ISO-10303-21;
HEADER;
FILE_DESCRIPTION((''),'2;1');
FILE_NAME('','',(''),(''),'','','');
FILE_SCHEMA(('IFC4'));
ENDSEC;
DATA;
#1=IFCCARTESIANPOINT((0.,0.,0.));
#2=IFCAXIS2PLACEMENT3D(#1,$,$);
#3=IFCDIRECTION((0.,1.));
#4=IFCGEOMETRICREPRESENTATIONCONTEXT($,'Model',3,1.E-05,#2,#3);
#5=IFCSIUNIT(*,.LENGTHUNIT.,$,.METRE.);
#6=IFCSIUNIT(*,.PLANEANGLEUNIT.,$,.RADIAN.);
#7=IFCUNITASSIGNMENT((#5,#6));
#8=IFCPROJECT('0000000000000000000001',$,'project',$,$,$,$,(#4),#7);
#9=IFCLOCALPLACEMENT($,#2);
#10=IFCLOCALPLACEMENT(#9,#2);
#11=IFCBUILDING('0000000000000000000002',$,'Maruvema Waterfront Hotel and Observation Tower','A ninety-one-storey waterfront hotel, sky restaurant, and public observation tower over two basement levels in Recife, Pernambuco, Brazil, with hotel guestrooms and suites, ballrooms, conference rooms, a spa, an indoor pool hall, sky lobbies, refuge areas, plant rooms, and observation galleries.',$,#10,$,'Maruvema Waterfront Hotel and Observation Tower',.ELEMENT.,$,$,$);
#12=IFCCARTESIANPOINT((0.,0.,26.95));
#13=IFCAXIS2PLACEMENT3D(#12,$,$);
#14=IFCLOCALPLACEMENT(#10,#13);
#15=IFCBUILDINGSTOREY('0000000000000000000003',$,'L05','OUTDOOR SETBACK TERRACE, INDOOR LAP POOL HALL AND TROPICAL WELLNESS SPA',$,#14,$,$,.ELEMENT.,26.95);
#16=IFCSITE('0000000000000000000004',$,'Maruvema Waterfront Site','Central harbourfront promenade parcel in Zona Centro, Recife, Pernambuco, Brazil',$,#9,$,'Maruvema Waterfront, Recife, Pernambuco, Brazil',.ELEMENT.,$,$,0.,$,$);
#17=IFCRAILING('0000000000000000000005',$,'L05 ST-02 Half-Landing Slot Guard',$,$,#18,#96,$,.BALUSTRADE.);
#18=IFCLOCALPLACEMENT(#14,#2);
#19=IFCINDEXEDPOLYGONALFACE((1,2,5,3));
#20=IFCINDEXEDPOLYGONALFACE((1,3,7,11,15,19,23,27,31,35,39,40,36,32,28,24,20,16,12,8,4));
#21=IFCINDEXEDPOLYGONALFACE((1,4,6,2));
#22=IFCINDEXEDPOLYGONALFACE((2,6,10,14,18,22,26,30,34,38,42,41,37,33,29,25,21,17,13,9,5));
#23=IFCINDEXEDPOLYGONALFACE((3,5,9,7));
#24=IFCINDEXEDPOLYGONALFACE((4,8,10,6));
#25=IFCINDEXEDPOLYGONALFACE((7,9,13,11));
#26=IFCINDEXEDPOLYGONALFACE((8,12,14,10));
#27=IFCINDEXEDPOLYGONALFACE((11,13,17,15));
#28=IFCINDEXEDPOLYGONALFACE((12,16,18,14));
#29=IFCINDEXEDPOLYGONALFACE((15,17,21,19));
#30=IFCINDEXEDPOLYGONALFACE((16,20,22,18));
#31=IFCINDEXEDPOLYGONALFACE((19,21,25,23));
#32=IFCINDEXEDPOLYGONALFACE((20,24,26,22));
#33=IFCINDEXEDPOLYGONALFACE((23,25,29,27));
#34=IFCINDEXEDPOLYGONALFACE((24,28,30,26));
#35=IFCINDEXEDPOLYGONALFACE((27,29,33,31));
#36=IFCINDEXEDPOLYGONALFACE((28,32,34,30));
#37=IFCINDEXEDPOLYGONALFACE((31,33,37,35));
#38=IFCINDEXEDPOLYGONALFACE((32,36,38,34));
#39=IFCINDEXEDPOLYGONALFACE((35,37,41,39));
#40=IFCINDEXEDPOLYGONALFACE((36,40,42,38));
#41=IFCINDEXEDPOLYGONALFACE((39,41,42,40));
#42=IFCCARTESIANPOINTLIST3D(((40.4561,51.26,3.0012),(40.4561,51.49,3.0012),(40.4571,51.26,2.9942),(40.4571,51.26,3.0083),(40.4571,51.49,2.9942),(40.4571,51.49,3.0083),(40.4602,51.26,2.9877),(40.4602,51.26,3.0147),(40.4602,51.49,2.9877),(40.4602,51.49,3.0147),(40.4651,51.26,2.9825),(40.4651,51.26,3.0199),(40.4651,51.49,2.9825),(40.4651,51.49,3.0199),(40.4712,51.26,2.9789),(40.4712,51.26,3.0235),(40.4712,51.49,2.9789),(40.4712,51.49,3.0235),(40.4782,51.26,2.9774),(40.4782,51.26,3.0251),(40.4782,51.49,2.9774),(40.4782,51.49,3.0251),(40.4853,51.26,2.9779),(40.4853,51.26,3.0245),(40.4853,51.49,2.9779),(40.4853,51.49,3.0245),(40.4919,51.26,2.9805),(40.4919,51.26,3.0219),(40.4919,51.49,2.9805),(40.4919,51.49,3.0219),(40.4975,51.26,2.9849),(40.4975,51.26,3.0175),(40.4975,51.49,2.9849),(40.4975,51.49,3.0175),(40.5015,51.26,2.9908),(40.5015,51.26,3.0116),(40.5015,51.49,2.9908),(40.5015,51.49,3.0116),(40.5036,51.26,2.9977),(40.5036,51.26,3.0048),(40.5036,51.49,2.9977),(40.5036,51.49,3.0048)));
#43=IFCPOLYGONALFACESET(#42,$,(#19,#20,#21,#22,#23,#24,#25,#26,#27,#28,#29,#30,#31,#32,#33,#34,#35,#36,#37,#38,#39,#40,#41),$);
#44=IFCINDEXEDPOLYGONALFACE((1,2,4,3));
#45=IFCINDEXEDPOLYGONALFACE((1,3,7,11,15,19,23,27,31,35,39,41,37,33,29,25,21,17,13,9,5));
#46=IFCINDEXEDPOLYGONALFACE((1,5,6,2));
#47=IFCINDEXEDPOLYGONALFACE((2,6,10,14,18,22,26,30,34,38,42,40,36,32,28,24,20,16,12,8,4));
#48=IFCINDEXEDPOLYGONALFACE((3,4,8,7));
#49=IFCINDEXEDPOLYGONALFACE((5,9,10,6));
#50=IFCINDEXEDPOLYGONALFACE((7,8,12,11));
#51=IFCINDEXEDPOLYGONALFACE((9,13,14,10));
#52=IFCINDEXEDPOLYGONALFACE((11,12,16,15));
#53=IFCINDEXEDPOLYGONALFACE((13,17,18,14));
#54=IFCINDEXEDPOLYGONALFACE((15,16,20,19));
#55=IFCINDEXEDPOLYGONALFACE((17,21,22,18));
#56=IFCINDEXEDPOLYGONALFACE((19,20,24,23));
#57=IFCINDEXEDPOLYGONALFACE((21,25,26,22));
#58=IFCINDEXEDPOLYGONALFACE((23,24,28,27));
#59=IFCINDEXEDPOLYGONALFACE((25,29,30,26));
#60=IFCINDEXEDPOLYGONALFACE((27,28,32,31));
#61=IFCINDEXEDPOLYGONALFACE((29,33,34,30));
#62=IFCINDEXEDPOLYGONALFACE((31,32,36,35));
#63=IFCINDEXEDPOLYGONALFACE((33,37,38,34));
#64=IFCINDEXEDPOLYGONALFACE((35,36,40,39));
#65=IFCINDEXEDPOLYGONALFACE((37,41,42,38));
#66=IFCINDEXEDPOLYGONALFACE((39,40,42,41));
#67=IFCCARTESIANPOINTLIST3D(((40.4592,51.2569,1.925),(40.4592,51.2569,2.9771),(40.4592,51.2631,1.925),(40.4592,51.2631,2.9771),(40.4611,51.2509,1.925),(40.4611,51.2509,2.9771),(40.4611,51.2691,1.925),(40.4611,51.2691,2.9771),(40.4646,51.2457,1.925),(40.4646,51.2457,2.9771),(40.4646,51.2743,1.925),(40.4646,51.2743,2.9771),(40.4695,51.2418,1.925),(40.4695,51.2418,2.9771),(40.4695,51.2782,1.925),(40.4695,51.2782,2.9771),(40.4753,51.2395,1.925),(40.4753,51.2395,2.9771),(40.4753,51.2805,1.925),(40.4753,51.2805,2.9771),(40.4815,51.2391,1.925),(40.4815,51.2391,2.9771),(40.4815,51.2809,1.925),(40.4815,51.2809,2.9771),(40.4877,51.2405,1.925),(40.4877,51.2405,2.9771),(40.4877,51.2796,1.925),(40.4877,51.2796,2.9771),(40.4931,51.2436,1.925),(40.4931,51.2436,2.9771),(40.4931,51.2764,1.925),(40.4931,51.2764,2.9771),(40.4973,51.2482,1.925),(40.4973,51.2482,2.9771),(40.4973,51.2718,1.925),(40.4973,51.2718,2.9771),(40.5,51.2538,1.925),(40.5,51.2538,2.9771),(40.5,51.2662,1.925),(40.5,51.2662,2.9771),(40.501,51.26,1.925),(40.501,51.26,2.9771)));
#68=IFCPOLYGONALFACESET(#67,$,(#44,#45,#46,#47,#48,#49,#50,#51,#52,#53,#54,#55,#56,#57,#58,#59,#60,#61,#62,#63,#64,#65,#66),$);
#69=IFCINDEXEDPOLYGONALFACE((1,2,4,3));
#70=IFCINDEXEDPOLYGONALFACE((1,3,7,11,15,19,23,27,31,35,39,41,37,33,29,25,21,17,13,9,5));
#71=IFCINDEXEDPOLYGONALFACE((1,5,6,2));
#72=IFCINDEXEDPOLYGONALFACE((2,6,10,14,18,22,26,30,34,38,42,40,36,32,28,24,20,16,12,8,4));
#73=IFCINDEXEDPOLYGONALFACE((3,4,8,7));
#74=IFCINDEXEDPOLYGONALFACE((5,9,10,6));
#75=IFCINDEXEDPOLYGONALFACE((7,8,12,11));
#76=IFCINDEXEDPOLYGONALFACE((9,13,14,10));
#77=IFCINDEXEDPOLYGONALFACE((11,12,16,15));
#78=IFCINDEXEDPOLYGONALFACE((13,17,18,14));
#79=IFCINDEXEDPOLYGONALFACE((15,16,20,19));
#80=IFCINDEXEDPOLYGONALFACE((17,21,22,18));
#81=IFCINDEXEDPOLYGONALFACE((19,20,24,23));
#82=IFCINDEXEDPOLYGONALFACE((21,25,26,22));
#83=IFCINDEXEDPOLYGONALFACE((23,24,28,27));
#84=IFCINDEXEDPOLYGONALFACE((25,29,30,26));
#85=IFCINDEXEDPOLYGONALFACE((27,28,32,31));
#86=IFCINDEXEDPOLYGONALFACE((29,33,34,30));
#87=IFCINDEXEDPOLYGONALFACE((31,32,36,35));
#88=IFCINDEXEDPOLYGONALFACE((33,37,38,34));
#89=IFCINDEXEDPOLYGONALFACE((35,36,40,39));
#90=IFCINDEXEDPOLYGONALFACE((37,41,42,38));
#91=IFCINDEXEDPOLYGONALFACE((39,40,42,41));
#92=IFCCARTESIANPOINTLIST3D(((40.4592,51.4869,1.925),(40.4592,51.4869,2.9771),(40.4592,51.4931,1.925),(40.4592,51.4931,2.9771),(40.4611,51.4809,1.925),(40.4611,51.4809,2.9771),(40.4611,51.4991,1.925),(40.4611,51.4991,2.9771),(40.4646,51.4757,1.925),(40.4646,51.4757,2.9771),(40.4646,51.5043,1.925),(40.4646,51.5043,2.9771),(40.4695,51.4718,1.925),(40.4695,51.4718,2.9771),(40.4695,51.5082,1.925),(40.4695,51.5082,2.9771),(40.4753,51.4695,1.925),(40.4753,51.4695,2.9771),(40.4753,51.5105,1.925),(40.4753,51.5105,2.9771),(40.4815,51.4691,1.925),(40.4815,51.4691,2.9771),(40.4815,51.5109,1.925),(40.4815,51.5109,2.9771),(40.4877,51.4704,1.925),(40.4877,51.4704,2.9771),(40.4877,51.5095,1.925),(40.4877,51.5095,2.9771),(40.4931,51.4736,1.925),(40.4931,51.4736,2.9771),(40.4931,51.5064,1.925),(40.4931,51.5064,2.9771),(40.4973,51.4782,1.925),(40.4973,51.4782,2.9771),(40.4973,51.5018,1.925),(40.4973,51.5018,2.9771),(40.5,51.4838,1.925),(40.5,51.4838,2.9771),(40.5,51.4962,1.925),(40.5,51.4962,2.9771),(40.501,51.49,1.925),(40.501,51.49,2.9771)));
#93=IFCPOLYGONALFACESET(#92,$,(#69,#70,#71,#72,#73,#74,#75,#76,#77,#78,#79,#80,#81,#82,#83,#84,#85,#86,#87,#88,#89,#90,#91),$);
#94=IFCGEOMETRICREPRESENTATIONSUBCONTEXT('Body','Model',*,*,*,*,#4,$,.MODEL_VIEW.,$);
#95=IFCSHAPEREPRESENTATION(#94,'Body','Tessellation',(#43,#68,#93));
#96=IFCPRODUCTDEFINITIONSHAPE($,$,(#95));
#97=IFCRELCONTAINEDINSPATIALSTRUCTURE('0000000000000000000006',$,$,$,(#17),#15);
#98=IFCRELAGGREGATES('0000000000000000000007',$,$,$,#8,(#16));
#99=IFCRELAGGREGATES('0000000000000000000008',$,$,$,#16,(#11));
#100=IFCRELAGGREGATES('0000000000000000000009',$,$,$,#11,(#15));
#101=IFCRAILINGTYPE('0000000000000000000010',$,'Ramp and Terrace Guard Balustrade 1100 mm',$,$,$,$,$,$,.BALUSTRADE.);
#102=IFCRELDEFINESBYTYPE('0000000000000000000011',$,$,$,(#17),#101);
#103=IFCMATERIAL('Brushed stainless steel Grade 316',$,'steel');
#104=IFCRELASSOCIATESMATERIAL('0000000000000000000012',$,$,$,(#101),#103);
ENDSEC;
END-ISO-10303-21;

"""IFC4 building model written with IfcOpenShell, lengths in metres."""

from ifc_helpers import new_model, si_unit, direction, frame, origin, origin_2d, place, context, subcontext, project, spatial, circle, extrude, material, type_object, element, save


model = new_model("IFC4")

# Units and contexts
model_context = context("Model", 3, precision=1e-05, world=origin(), true_north=direction((0.0, 1.0)))
body_context = subcontext(model_context, "Body", "Model", "MODEL_VIEW")
ifc_project = project(units=[si_unit("LENGTHUNIT", "METRE"), si_unit("PLANEANGLEUNIT", "RADIAN")], contexts=[model_context])

# Site, building, storey
site_placement = place(None, origin())
site = spatial("IfcSite", under=ifc_project, at=site_placement, Name="Maruvema Waterfront Site", Description="Central harbourfront promenade parcel in Zona Centro, Recife, Pernambuco, Brazil", LongName="Maruvema Waterfront, Recife, Pernambuco, Brazil", CompositionType="ELEMENT", RefElevation=0.0)
building_placement = place(site_placement, origin())
building = spatial("IfcBuilding", under=site, at=building_placement, Name="Maruvema Waterfront Hotel and Observation Tower", Description="A ninety-one-storey waterfront hotel, sky restaurant, and public observation tower over two basement levels in Recife, Pernambuco, Brazil, with hotel guestrooms and suites, ballrooms, conference rooms, a spa, an indoor pool hall, sky lobbies, refuge areas, plant rooms, and observation galleries.", LongName="Maruvema Waterfront Hotel and Observation Tower", CompositionType="ELEMENT")
storey_placement = place(building_placement, frame((0.0, 0.0, 26.95)))
storey = spatial("IfcBuildingStorey", under=building, at=storey_placement, Name="L05", Description="OUTDOOR SETBACK TERRACE, INDOOR LAP POOL HALL AND TROPICAL WELLNESS SPA", CompositionType="ELEMENT", Elevation=26.95)

# Railing
ifc_material_1 = material(Name="Brushed stainless steel Grade 316", Category="steel")
railing_type_1 = type_object("IfcRailingType", Name="Ramp and Terrace Guard Balustrade 1100 mm", PredefinedType="BALUSTRADE", material=ifc_material_1)
railing_1_placement = place(storey_placement, frame((40.48, 51.26, 1.925)))
element("IfcRailing", 1, at=railing_1_placement, inside=storey, type_object=railing_type_1, Name="L05 ST-02 Half-Landing Slot Guard", PredefinedType="BALUSTRADE", context=body_context, shape_type="SweptSolid", body=[
    extrude(circle(Radius=0.0239, at=origin_2d()), frame((0.0, 0.0, 1.0762), z_axis=(0.0, 1.0, 0.0), x_axis=(-1.0, 0.0, 0.0)), (0.0, 0.0, 1.0), 0.23),
    extrude(circle(Radius=0.021, at=origin_2d()), origin(), (0.0, 0.0, 1.0), 1.052),
    extrude(circle(Radius=0.021, at=origin_2d()), frame((0.0, 0.23, 0.0)), (0.0, 0.0, 1.0), 1.052),
])

save(model, "model.ifc")
